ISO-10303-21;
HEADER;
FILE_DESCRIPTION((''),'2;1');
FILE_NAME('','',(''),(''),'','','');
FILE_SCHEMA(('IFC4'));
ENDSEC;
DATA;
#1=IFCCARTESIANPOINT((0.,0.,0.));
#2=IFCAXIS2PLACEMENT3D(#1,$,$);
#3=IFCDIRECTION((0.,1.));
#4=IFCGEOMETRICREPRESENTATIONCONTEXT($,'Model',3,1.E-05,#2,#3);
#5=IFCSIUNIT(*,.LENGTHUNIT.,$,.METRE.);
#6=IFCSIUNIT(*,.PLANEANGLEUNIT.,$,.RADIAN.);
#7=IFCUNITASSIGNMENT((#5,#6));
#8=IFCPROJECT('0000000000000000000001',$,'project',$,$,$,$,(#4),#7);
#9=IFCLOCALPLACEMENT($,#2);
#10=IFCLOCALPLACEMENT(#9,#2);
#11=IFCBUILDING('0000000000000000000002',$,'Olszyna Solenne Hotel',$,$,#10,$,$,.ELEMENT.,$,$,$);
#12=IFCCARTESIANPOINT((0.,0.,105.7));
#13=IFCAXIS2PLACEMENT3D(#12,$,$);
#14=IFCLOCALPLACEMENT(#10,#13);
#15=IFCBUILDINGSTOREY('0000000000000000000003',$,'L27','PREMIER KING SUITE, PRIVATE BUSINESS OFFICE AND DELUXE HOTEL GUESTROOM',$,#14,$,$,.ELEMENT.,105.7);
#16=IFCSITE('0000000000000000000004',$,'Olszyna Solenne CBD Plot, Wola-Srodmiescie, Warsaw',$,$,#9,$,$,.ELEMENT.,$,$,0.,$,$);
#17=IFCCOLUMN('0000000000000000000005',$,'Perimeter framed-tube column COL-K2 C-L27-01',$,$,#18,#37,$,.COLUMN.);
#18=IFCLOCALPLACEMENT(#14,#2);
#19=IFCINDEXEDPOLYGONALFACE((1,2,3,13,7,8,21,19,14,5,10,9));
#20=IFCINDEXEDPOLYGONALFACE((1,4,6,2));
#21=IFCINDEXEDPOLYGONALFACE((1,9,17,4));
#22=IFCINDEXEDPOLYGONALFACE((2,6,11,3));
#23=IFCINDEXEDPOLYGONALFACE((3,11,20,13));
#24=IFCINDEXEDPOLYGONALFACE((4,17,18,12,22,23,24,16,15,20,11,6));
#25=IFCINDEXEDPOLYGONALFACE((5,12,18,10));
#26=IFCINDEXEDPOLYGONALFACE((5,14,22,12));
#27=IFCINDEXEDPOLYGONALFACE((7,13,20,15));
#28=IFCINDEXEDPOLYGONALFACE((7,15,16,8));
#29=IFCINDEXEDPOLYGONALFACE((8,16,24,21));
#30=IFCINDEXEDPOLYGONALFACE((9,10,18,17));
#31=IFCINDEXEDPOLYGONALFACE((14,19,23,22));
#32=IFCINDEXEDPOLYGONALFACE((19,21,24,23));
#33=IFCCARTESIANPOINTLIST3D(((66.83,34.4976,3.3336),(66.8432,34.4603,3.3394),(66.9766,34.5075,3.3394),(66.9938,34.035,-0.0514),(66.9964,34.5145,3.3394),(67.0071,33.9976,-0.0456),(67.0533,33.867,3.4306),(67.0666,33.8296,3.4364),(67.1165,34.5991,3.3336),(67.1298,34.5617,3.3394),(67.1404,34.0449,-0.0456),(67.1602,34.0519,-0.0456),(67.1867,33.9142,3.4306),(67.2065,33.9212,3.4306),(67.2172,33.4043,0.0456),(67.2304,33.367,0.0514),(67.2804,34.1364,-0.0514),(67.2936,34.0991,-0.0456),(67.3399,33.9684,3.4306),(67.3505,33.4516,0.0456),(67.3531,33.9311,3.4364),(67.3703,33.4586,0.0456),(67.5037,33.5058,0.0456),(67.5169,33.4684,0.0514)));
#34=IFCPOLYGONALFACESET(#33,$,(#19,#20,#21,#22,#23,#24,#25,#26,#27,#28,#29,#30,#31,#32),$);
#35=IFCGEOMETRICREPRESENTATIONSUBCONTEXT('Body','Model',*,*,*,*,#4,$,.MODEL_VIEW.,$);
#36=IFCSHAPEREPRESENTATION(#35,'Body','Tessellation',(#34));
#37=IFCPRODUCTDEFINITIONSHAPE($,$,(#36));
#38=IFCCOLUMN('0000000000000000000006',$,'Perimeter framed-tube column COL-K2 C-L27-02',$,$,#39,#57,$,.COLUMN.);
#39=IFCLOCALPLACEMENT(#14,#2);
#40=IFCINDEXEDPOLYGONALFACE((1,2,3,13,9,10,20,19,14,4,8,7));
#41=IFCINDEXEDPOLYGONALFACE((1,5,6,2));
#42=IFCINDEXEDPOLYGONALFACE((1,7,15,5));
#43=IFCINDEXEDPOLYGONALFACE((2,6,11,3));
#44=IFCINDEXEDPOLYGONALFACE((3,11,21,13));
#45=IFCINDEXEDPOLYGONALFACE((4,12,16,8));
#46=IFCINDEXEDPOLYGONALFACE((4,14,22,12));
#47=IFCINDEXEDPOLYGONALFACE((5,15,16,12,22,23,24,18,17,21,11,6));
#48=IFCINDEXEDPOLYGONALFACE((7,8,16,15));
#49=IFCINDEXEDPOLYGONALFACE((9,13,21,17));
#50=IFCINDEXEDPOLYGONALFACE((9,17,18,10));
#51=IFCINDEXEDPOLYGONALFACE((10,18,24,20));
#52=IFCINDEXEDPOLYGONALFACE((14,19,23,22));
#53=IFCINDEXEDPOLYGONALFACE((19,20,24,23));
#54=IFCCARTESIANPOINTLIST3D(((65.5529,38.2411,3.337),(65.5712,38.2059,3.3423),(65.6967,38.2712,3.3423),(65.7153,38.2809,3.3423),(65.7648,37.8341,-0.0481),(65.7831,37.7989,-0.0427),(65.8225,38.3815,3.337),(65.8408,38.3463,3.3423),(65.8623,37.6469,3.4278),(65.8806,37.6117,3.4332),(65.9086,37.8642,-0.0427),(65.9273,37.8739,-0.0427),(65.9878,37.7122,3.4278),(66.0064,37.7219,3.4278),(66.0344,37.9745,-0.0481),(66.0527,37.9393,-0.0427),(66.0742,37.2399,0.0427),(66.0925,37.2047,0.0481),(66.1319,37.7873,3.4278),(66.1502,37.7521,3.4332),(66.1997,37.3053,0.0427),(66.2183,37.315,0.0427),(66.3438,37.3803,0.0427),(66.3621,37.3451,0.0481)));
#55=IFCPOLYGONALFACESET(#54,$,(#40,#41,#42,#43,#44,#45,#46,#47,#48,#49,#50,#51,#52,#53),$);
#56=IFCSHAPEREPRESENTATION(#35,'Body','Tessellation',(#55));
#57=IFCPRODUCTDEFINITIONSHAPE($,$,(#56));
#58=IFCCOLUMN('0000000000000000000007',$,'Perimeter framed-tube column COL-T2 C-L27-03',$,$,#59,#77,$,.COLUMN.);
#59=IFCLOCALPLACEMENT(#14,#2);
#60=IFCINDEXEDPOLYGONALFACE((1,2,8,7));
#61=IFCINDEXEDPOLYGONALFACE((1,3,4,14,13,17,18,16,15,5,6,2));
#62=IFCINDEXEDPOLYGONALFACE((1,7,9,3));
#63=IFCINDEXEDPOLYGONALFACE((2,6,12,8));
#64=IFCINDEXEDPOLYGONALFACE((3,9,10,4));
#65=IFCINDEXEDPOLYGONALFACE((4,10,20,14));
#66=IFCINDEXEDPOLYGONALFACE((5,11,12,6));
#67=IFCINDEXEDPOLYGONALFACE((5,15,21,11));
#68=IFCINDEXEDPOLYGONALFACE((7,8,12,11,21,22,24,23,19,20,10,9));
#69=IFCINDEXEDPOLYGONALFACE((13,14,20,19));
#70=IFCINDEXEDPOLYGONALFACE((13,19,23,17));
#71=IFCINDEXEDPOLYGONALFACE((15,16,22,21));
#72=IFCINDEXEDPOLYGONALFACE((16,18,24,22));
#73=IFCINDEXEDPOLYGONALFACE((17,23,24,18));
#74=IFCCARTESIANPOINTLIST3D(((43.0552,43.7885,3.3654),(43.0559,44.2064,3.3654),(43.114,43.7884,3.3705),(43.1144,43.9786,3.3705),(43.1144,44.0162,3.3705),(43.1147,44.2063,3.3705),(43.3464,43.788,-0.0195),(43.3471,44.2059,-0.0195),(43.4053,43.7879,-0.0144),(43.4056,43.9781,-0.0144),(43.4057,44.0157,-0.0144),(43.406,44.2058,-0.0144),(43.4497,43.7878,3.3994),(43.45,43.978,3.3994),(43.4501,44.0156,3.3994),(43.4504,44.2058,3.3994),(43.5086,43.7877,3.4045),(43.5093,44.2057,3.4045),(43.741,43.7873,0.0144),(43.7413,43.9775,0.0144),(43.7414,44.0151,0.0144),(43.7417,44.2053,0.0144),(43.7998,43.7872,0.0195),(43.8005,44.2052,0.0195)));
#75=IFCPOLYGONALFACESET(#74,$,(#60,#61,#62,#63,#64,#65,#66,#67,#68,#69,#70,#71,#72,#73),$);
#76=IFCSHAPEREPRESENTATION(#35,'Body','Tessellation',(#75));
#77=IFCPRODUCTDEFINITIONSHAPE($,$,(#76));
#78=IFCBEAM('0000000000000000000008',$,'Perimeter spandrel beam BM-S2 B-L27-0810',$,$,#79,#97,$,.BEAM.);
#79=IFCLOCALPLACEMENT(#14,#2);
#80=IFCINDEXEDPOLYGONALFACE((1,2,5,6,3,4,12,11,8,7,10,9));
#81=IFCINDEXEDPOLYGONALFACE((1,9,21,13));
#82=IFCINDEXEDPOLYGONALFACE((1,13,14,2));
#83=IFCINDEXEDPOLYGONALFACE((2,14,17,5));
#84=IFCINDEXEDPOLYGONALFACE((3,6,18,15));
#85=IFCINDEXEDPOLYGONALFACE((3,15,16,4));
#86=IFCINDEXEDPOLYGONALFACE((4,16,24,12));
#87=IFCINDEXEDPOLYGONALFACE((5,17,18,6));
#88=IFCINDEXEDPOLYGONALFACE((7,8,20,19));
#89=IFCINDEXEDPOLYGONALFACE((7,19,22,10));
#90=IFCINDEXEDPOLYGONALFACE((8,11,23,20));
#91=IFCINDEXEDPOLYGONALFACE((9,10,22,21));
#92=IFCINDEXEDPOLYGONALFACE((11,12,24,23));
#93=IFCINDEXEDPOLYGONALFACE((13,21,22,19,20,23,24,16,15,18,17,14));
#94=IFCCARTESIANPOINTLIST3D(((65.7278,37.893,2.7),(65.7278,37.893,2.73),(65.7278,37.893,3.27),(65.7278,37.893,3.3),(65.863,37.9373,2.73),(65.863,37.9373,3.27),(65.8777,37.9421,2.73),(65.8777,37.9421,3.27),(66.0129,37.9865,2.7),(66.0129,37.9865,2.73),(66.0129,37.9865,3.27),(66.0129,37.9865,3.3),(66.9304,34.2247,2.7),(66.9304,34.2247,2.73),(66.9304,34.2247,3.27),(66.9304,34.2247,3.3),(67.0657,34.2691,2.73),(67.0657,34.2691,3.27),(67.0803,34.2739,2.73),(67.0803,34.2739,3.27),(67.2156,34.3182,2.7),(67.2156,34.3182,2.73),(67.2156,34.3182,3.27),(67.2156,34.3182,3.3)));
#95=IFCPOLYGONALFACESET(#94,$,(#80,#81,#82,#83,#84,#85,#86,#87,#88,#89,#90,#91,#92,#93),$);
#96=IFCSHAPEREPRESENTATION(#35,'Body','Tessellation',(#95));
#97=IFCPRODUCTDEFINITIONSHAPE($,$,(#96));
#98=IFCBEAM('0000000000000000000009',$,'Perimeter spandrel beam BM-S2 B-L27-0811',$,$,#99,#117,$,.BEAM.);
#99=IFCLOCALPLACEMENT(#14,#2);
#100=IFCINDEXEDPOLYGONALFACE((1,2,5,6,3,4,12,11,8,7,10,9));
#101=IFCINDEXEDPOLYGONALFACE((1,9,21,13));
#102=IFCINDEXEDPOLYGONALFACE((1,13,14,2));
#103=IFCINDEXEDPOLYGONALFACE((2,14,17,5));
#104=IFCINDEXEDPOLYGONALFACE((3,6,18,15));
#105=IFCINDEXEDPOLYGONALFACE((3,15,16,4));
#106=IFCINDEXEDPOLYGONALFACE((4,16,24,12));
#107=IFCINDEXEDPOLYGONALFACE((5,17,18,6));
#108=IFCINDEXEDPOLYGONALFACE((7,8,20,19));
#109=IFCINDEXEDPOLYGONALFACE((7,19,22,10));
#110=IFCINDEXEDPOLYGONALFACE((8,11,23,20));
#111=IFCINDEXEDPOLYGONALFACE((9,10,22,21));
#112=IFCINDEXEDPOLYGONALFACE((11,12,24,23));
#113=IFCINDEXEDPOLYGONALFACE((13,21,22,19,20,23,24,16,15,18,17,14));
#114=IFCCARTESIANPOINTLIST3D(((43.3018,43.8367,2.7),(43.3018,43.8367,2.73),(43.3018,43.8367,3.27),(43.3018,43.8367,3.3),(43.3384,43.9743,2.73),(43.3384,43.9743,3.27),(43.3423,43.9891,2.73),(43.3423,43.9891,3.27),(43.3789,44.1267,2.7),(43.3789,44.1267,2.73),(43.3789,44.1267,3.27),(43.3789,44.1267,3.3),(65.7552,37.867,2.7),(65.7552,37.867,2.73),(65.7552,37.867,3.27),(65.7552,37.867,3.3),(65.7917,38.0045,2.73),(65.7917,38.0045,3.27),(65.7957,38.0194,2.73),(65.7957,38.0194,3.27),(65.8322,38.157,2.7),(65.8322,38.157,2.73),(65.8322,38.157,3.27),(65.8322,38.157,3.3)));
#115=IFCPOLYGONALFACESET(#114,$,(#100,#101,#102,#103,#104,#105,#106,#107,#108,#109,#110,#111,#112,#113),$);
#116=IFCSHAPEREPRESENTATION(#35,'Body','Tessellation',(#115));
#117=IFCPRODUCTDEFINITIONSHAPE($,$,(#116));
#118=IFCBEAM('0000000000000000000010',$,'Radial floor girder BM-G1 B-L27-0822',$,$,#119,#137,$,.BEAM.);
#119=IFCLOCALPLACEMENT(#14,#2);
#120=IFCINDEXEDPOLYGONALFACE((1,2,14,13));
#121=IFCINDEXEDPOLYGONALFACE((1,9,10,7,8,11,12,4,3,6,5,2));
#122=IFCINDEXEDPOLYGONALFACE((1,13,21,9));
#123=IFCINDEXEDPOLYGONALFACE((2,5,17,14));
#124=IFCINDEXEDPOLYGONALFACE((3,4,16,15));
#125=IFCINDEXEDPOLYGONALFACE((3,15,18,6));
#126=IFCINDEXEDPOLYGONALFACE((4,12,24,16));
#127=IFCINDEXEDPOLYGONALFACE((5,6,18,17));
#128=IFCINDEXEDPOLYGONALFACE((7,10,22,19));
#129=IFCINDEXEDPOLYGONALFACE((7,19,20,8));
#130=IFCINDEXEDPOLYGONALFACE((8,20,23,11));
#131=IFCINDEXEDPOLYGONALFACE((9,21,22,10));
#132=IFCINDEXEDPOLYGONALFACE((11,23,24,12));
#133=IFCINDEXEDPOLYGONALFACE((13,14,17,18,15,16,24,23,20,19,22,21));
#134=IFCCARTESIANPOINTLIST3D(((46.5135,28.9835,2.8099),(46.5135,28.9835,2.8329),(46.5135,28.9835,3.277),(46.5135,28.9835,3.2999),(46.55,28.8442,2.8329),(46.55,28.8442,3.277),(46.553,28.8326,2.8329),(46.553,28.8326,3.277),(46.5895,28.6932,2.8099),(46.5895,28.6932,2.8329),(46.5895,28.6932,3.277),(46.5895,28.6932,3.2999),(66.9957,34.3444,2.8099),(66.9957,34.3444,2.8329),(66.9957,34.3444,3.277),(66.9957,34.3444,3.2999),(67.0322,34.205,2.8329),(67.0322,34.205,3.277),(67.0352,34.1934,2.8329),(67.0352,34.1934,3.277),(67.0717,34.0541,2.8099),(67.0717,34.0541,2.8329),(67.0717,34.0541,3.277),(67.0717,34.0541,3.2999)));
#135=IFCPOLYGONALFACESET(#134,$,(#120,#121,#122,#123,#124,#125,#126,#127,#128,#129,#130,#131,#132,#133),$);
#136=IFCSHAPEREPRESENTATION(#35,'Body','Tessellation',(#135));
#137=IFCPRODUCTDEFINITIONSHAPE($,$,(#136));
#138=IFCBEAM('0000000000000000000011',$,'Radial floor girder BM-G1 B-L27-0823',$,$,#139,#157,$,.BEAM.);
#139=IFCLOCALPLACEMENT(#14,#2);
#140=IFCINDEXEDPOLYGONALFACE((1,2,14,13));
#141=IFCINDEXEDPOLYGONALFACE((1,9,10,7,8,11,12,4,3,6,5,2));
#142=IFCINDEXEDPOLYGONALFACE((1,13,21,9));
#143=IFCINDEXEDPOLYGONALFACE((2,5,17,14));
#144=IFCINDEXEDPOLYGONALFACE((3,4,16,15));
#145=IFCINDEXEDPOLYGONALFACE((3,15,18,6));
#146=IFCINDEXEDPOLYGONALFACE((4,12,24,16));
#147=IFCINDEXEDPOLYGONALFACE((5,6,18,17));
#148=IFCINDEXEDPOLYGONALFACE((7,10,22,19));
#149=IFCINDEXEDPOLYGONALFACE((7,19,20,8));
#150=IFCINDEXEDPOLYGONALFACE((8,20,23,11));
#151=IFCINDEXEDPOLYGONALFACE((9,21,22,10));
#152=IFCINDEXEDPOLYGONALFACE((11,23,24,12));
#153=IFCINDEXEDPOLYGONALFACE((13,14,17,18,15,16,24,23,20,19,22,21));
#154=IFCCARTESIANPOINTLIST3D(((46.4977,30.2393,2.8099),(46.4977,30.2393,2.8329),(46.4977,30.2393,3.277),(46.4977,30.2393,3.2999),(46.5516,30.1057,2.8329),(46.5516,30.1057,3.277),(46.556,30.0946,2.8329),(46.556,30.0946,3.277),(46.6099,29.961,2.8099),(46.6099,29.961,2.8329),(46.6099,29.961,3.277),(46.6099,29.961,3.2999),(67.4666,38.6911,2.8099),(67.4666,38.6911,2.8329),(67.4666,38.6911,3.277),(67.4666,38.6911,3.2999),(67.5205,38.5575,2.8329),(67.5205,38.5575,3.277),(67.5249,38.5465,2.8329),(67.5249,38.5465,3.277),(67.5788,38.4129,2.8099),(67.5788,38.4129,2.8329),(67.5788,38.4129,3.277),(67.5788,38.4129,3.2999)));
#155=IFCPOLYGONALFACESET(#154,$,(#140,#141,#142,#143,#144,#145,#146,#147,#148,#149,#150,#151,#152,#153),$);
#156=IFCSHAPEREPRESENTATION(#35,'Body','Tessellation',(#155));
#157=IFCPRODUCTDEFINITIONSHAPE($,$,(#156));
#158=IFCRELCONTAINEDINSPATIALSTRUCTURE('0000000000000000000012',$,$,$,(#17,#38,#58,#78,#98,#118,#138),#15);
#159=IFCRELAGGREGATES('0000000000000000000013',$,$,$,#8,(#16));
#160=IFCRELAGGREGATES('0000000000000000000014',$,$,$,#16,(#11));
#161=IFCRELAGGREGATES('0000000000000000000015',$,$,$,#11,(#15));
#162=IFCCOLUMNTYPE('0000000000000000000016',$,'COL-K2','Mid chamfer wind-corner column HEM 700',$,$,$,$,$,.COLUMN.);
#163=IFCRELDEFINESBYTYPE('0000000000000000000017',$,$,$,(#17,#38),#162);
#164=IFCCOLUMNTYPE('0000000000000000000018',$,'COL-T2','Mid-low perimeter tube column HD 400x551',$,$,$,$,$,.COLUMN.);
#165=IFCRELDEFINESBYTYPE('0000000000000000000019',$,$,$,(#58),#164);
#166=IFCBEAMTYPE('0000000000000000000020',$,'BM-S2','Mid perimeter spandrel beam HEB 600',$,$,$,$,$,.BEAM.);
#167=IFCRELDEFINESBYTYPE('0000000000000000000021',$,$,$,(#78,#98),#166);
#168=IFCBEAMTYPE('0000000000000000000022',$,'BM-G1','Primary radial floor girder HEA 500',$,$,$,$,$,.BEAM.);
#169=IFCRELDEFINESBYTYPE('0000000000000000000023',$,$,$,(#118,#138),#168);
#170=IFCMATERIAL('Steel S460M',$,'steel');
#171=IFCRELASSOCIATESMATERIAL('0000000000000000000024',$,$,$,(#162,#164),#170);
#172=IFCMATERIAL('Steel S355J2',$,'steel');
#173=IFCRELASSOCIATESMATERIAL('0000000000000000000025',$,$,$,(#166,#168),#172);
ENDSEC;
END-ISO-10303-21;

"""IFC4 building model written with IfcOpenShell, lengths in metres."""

from ifc_helpers import new_model, si_unit, direction, frame, origin, origin_2d, place, context, subcontext, project, spatial, i_section, extrude, source, transform, mapped, material, material_profile, profile_set, type_object, element, save


model = new_model("IFC4")

# Units and contexts
model_context = context("Model", 3, precision=1e-05, world=origin(), true_north=direction((0.0, 1.0)))
body_context = subcontext(model_context, "Body", "Model", "MODEL_VIEW")
ifc_project = project(units=[si_unit("LENGTHUNIT", "METRE"), si_unit("PLANEANGLEUNIT", "RADIAN")], contexts=[model_context])

# Site, building, storey
site_placement = place(None, origin())
site = spatial("IfcSite", under=ifc_project, at=site_placement, Name="Olszyna Solenne CBD Plot, Wola-Srodmiescie, Warsaw", CompositionType="ELEMENT", RefElevation=0.0)
building_placement = place(site_placement, origin())
building = spatial("IfcBuilding", under=site, at=building_placement, Name="Olszyna Solenne Hotel", CompositionType="ELEMENT")
storey_placement = place(building_placement, frame((0.0, 0.0, 105.7)))
storey = spatial("IfcBuildingStorey", under=building, at=storey_placement, Name="L27", Description="PREMIER KING SUITE, PRIVATE BUSINESS OFFICE AND DELUXE HOTEL GUESTROOM", CompositionType="ELEMENT", Elevation=105.7)

# Columns
ifc_material_1 = material(Name="Steel S460M", Category="steel")
ifc_material_profile_1 = material_profile(ifc_material_1, i_section(OverallWidth=0.304, OverallDepth=0.7161, WebThickness=0.021, FlangeThickness=0.04, at=origin_2d()), Name="HEM 700", Category="load-bearing")
ifc_profile_set_1 = profile_set([ifc_material_profile_1], Name="Steel S460M")
column_type_1 = type_object("IfcColumnType", Name="COL-K2", Description="Mid chamfer wind-corner column HEM 700", PredefinedType="COLUMN", material=ifc_profile_set_1)
shared_shape_1 = source(origin(), body_context, "Body", "SweptSolid", [
    extrude(i_section(OverallWidth=0.304, OverallDepth=0.7161, WebThickness=0.021, FlangeThickness=0.04, at=origin_2d()), origin(), (0.0, 0.0, 1.0), 3.4204),
])
column_1_placement = place(storey_placement, frame((67.2554, 33.7517, 0.0), z_axis=(-0.047894, 0.135261, 0.989652), x_axis=(-0.94265, -0.333783, 0.0)))
element("IfcColumn", 1, at=column_1_placement, inside=storey, type_object=column_type_1, Name="Perimeter framed-tube column COL-K2 C-L27-01", PredefinedType="COLUMN", context=body_context, shape_type="MappedRepresentation", body=[
    mapped(shared_shape_1, transform((0.0, 0.0, 0.0), x_axis=(1.0, 0.0, 0.0), y_axis=(0.0, 1.0, 0.0), z_axis=(0.0, 0.0, 1.0), scale=1.0)),
])
shared_shape_2 = source(origin(), body_context, "Body", "SweptSolid", [
    extrude(i_section(OverallWidth=0.304, OverallDepth=0.7161, WebThickness=0.021, FlangeThickness=0.04, at=origin_2d()), origin(), (0.0, 0.0, 1.0), 3.416),
])
column_2_placement = place(storey_placement, frame((66.0635, 37.5896, 0.0), z_axis=(-0.062036, 0.119141, 0.990937), x_axis=(-0.886964, -0.461839, 0.0)))
element("IfcColumn", 2, at=column_2_placement, inside=storey, type_object=column_type_1, Name="Perimeter framed-tube column COL-K2 C-L27-02", PredefinedType="COLUMN", context=body_context, shape_type="MappedRepresentation", body=[
    mapped(shared_shape_2, transform((0.0, 0.0, 0.0), x_axis=(1.0, 0.0, 0.0), y_axis=(0.0, 1.0, 0.0), z_axis=(0.0, 0.0, 1.0), scale=1.0)),
])
ifc_material_profile_2 = material_profile(ifc_material_1, i_section(OverallWidth=0.418, OverallDepth=0.4551, WebThickness=0.0376, FlangeThickness=0.0591, at=origin_2d()), Name="HD 400x551", Category="load-bearing")
ifc_profile_set_2 = profile_set([ifc_material_profile_2], Name="Steel S460M")
column_type_2 = type_object("IfcColumnType", Name="COL-T2", Description="Mid-low perimeter tube column HD 400x551", PredefinedType="COLUMN", material=ifc_profile_set_2)
shared_shape_3 = source(origin(), body_context, "Body", "SweptSolid", [
    extrude(i_section(OverallWidth=0.418, OverallDepth=0.4551, WebThickness=0.0376, FlangeThickness=0.0591, at=origin_2d()), origin(), (0.0, 0.0, 1.0), 3.3975),
])
column_3_placement = place(storey_placement, frame((43.5735, 43.9966, 0.0), z_axis=(-0.085727, 0.000144, 0.996319), x_axis=(-0.001676, -0.999999, 0.0)))
element("IfcColumn", 3, at=column_3_placement, inside=storey, type_object=column_type_2, Name="Perimeter framed-tube column COL-T2 C-L27-03", PredefinedType="COLUMN", context=body_context, shape_type="MappedRepresentation", body=[
    mapped(shared_shape_3, transform((0.0, 0.0, 0.0), x_axis=(1.0, 0.0, 0.0), y_axis=(0.0, 1.0, 0.0), z_axis=(0.0, 0.0, 1.0), scale=1.0)),
])

# Beams
ifc_material_2 = material(Name="Steel S355J2", Category="steel")
ifc_material_profile_3 = material_profile(ifc_material_2, i_section(OverallWidth=0.3, OverallDepth=0.6001, WebThickness=0.0154, FlangeThickness=0.03, at=origin_2d()), Name="HEB 600", Category="load-bearing")
ifc_profile_set_3 = profile_set([ifc_material_profile_3], Name="Steel S355J2")
beam_type_1 = type_object("IfcBeamType", Name="BM-S2", Description="Mid perimeter spandrel beam HEB 600", PredefinedType="BEAM", material=ifc_profile_set_3)
shared_shape_4 = source(origin(), body_context, "Body", "SweptSolid", [
    extrude(i_section(OverallWidth=0.3, OverallDepth=0.6001, WebThickness=0.0154, FlangeThickness=0.03, at=origin_2d()), origin(), (0.0, 0.0, 1.0), 3.8604),
])
beam_1_placement = place(storey_placement, frame((67.073, 34.2715, 3.0), z_axis=(-0.311538, 0.950234, 0.0), x_axis=(-0.950234, -0.311538, 0.0)))
element("IfcBeam", 4, at=beam_1_placement, inside=storey, type_object=beam_type_1, Name="Perimeter spandrel beam BM-S2 B-L27-0810", PredefinedType="BEAM", context=body_context, shape_type="MappedRepresentation", body=[
    mapped(shared_shape_4, transform((0.0, 0.0, 0.0), x_axis=(1.0, 0.0, 0.0), y_axis=(0.0, 1.0, 0.0), z_axis=(0.0, 0.0, 1.0), scale=1.0)),
])
shared_shape_5 = source(origin(), body_context, "Body", "SweptSolid", [
    extrude(i_section(OverallWidth=0.3, OverallDepth=0.6001, WebThickness=0.0154, FlangeThickness=0.03, at=origin_2d()), origin(), (0.0, 0.0, 1.0), 23.2334),
])
beam_2_placement = place(storey_placement, frame((65.7937, 38.012, 3.0), z_axis=(-0.966426, 0.256946, 0.0), x_axis=(-0.256946, -0.966426, 0.0)))
element("IfcBeam", 5, at=beam_2_placement, inside=storey, type_object=beam_type_1, Name="Perimeter spandrel beam BM-S2 B-L27-0811", PredefinedType="BEAM", context=body_context, shape_type="MappedRepresentation", body=[
    mapped(shared_shape_5, transform((0.0, 0.0, 0.0), x_axis=(1.0, 0.0, 0.0), y_axis=(0.0, 1.0, 0.0), z_axis=(0.0, 0.0, 1.0), scale=1.0)),
])
ifc_material_profile_4 = material_profile(ifc_material_2, i_section(OverallWidth=0.3, OverallDepth=0.49, WebThickness=0.012, FlangeThickness=0.0229, at=origin_2d()), Name="HEA 500", Category="load-bearing")
ifc_profile_set_4 = profile_set([ifc_material_profile_4], Name="Steel S355J2")
beam_type_2 = type_object("IfcBeamType", Name="BM-G1", Description="Primary radial floor girder HEA 500", PredefinedType="BEAM", material=ifc_profile_set_4)
shared_shape_6 = source(origin(), body_context, "Body", "SweptSolid", [
    extrude(i_section(OverallWidth=0.3, OverallDepth=0.49, WebThickness=0.012, FlangeThickness=0.0229, at=origin_2d()), origin(), (0.0, 0.0, 1.0), 21.1721),
])
beam_3_placement = place(storey_placement, frame((67.0337, 34.1992, 3.0549), z_axis=(-0.967413, -0.253203, 0.0), x_axis=(0.253203, -0.967413, 0.0)))
element("IfcBeam", 6, at=beam_3_placement, inside=storey, type_object=beam_type_2, Name="Radial floor girder BM-G1 B-L27-0822", PredefinedType="BEAM", context=body_context, shape_type="MappedRepresentation", body=[
    mapped(shared_shape_6, transform((0.0, 0.0, 0.0), x_axis=(1.0, 0.0, 0.0), y_axis=(0.0, 1.0, 0.0), z_axis=(0.0, 0.0, 1.0), scale=1.0)),
])
shared_shape_7 = source(origin(), body_context, "Body", "SweptSolid", [
    extrude(i_section(OverallWidth=0.3, OverallDepth=0.49, WebThickness=0.012, FlangeThickness=0.0229, at=origin_2d()), origin(), (0.0, 0.0, 1.0), 22.6082),
])
beam_4_placement = place(storey_placement, frame((67.5227, 38.552, 3.0549), z_axis=(-0.927493, -0.373841, 0.0), x_axis=(0.373841, -0.927493, 0.0)))
element("IfcBeam", 7, at=beam_4_placement, inside=storey, type_object=beam_type_2, Name="Radial floor girder BM-G1 B-L27-0823", PredefinedType="BEAM", context=body_context, shape_type="MappedRepresentation", body=[
    mapped(shared_shape_7, transform((0.0, 0.0, 0.0), x_axis=(1.0, 0.0, 0.0), y_axis=(0.0, 1.0, 0.0), z_axis=(0.0, 0.0, 1.0), scale=1.0)),
])

save(model, "model.ifc")
